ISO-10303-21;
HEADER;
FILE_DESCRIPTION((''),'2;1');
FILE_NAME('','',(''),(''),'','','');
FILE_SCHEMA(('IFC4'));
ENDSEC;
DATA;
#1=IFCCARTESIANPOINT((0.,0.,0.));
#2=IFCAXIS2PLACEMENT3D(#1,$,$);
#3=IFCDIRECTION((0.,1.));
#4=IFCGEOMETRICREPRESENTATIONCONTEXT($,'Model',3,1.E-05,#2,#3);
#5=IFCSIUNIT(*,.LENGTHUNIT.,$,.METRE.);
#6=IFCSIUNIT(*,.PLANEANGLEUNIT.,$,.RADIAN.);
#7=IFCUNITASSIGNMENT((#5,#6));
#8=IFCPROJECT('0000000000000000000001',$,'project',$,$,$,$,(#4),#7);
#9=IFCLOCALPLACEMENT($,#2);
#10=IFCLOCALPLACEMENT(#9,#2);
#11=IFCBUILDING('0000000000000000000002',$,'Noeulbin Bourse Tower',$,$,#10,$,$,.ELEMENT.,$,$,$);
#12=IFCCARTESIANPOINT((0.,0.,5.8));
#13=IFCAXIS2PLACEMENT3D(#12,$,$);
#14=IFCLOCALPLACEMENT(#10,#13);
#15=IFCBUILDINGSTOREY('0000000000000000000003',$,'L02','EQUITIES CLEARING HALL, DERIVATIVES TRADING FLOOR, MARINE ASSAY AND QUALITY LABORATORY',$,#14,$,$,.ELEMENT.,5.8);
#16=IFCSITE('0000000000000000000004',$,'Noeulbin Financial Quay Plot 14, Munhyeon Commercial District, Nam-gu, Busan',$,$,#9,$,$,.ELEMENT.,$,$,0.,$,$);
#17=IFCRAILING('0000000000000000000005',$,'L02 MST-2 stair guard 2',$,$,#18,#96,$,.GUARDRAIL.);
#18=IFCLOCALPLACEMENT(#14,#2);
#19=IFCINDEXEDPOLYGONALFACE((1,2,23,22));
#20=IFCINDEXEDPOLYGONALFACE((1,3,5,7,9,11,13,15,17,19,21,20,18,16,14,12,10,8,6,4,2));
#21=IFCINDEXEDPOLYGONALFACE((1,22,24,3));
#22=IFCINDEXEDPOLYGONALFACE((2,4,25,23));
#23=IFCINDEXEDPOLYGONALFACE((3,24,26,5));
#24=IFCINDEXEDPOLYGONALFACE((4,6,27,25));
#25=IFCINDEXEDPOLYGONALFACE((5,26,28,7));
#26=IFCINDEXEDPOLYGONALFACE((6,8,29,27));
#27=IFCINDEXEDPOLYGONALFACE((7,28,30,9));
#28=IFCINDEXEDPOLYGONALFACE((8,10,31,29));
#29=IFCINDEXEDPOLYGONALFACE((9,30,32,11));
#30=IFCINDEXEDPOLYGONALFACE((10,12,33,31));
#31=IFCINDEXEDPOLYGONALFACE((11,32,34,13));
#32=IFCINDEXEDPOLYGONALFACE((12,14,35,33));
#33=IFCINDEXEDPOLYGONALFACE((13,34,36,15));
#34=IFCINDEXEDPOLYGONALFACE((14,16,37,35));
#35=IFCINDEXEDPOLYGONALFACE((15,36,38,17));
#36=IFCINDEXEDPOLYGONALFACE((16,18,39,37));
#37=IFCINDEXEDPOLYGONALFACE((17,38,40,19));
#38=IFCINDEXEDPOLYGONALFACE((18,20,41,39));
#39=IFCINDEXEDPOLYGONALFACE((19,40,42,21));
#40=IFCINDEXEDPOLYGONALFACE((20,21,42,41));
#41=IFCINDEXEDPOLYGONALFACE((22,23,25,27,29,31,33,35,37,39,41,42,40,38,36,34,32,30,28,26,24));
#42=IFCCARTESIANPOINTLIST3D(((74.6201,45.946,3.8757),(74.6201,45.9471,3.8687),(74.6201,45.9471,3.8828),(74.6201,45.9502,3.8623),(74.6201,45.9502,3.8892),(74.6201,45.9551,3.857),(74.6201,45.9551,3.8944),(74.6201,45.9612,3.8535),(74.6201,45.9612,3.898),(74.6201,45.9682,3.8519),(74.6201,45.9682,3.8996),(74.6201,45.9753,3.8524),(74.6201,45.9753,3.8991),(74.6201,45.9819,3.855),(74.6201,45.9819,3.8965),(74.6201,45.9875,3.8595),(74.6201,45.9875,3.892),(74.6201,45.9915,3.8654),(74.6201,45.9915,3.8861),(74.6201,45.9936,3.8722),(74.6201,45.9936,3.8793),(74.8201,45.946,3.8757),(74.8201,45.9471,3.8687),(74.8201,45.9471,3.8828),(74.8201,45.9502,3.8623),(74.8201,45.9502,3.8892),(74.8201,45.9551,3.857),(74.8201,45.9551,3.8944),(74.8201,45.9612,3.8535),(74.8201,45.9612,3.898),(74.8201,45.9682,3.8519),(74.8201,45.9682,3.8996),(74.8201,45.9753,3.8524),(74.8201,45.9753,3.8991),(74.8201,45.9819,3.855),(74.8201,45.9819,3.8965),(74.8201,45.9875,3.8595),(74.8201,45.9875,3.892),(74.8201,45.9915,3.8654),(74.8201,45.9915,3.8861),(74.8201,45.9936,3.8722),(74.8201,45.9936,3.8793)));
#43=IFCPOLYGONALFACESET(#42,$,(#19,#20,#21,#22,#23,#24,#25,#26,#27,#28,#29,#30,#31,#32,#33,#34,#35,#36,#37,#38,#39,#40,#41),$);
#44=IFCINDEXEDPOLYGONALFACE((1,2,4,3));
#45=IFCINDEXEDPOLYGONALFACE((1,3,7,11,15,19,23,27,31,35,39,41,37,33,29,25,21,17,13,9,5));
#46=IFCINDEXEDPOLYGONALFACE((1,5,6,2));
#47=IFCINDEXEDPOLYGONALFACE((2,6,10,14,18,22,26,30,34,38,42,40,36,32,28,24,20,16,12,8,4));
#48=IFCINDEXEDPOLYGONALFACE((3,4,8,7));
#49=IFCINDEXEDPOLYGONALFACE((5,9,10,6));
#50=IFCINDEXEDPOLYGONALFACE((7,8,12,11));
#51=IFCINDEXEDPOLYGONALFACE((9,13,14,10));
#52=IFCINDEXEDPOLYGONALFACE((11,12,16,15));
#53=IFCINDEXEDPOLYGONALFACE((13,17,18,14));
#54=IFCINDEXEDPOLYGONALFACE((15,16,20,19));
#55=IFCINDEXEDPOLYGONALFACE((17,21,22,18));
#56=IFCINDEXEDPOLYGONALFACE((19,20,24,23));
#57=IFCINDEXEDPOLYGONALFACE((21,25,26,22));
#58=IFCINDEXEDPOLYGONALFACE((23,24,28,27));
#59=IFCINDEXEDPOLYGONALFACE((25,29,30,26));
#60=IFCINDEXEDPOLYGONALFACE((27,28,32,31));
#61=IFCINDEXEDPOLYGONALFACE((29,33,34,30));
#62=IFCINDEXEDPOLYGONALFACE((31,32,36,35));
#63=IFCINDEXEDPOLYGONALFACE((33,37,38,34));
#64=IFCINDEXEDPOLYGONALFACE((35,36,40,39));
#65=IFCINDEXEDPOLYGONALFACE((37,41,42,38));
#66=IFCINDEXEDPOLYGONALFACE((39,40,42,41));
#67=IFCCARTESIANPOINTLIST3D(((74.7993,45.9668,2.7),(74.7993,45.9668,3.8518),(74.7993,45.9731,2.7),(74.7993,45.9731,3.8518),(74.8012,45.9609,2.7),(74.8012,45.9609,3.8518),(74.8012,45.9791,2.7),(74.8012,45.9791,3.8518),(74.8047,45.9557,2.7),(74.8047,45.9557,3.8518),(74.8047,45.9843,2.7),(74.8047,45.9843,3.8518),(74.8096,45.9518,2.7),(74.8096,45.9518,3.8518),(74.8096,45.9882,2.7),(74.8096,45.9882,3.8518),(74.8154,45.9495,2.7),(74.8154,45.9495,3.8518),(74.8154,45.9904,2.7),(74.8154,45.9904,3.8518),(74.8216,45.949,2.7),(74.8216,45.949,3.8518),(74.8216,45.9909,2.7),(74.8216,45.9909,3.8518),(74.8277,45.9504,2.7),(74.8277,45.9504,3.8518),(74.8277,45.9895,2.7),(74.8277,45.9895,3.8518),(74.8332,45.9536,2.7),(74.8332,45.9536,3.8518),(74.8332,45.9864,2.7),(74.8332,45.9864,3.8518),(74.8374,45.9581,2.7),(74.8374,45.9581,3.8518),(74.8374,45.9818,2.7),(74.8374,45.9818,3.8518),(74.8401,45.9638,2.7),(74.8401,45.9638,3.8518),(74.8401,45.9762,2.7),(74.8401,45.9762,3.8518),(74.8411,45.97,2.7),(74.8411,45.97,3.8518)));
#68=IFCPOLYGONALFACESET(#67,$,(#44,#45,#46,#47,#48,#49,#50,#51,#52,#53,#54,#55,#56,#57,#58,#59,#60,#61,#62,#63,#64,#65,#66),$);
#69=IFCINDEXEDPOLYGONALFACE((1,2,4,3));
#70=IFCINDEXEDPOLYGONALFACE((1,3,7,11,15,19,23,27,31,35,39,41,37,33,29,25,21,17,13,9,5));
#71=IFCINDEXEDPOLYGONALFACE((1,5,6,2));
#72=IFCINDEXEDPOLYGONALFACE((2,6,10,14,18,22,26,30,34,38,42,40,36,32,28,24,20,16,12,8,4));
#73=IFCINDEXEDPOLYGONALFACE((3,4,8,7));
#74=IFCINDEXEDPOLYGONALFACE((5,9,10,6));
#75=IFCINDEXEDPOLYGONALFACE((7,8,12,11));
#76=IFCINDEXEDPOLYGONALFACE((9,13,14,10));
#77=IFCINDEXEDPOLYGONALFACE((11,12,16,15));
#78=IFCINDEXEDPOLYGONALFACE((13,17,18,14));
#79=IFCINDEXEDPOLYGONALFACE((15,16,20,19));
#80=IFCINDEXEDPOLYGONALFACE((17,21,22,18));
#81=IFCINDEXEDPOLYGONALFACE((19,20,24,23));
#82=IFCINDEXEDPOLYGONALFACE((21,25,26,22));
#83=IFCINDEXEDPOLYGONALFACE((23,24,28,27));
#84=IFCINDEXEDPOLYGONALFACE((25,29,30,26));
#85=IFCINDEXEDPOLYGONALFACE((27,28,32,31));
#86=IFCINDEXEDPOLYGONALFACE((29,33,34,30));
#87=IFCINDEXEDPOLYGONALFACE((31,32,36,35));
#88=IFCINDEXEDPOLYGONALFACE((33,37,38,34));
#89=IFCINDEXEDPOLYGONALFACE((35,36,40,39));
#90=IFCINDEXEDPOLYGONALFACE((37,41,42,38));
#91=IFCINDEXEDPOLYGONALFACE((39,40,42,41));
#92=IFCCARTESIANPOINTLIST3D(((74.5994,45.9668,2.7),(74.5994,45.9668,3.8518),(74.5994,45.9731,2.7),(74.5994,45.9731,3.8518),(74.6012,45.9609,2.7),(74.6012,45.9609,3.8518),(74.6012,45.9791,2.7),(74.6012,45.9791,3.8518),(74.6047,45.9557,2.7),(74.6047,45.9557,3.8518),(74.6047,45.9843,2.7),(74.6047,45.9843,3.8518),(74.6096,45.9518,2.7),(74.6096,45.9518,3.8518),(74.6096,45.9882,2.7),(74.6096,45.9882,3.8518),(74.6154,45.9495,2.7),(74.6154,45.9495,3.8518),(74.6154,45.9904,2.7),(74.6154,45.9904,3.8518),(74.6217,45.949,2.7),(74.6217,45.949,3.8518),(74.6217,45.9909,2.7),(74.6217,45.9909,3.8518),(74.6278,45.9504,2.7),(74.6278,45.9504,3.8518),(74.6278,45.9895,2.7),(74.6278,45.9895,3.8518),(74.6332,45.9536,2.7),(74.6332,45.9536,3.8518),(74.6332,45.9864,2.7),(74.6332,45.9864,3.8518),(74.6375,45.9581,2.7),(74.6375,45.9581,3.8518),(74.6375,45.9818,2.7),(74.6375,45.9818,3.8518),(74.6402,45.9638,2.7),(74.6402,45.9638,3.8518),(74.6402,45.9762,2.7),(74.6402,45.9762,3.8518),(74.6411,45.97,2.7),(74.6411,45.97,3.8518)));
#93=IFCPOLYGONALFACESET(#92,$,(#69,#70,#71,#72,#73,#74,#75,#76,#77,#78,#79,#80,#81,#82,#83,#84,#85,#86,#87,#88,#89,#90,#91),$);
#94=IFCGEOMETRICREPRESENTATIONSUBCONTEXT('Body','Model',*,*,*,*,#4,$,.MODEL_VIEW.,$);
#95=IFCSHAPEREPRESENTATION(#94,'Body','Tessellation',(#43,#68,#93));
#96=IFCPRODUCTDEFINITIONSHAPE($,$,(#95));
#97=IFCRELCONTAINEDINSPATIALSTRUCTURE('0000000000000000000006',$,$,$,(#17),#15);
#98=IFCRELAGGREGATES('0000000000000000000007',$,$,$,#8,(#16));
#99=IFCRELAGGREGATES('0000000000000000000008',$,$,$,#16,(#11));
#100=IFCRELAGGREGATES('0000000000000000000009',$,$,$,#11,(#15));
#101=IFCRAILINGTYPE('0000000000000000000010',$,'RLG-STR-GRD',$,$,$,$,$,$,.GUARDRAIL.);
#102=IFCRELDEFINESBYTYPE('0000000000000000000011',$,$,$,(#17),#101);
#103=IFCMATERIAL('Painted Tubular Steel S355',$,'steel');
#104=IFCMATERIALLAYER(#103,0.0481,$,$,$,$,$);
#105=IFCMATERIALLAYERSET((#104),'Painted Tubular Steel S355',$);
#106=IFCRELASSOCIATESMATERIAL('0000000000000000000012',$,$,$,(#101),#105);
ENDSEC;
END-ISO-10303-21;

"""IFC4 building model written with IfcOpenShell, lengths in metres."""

from ifc_helpers import new_model, si_unit, direction, frame, origin, origin_2d, place, context, subcontext, project, spatial, circle, extrude, material, layer, layer_set, type_object, element, save


model = new_model("IFC4")

# Units and contexts
model_context = context("Model", 3, precision=1e-05, world=origin(), true_north=direction((0.0, 1.0)))
body_context = subcontext(model_context, "Body", "Model", "MODEL_VIEW")
ifc_project = project(units=[si_unit("LENGTHUNIT", "METRE"), si_unit("PLANEANGLEUNIT", "RADIAN")], contexts=[model_context])

# Site, building, storey
site_placement = place(None, origin())
site = spatial("IfcSite", under=ifc_project, at=site_placement, Name="Noeulbin Financial Quay Plot 14, Munhyeon Commercial District, Nam-gu, Busan", CompositionType="ELEMENT", RefElevation=0.0)
building_placement = place(site_placement, origin())
building = spatial("IfcBuilding", under=site, at=building_placement, Name="Noeulbin Bourse Tower", CompositionType="ELEMENT")
storey_placement = place(building_placement, frame((0.0, 0.0, 5.8)))
storey = spatial("IfcBuildingStorey", under=building, at=storey_placement, Name="L02", Description="EQUITIES CLEARING HALL, DERIVATIVES TRADING FLOOR, MARINE ASSAY AND QUALITY LABORATORY", CompositionType="ELEMENT", Elevation=5.8)

# Railing
ifc_material_1 = material(Name="Painted Tubular Steel S355", Category="steel")
ifc_layer_1 = layer(ifc_material_1, 0.0481)
ifc_layer_set_1 = layer_set([ifc_layer_1], Name="Painted Tubular Steel S355")
railing_type_1 = type_object("IfcRailingType", Name="RLG-STR-GRD", PredefinedType="GUARDRAIL", material=ifc_layer_set_1)
railing_1_placement = place(storey_placement, frame((74.8201, 45.97, 2.7)))
element("IfcRailing", 1, at=railing_1_placement, inside=storey, type_object=railing_type_1, Name="L02 MST-2 stair guard 2", PredefinedType="GUARDRAIL", context=body_context, shape_type="SweptSolid", body=[
    extrude(circle(Radius=0.0239, at=origin_2d()), frame((0.0, 0.0, 1.1758), z_axis=(-1.0, 0.0, 0.0), x_axis=(0.0, -1.0, 0.0)), (0.0, 0.0, 1.0), 0.2),
    extrude(circle(Radius=0.021, at=origin_2d()), origin(), (0.0, 0.0, 1.0), 1.1519),
    extrude(circle(Radius=0.021, at=origin_2d()), frame((-0.2, 0.0, 0.0)), (0.0, 0.0, 1.0), 1.1519),
])

save(model, "model.ifc")
